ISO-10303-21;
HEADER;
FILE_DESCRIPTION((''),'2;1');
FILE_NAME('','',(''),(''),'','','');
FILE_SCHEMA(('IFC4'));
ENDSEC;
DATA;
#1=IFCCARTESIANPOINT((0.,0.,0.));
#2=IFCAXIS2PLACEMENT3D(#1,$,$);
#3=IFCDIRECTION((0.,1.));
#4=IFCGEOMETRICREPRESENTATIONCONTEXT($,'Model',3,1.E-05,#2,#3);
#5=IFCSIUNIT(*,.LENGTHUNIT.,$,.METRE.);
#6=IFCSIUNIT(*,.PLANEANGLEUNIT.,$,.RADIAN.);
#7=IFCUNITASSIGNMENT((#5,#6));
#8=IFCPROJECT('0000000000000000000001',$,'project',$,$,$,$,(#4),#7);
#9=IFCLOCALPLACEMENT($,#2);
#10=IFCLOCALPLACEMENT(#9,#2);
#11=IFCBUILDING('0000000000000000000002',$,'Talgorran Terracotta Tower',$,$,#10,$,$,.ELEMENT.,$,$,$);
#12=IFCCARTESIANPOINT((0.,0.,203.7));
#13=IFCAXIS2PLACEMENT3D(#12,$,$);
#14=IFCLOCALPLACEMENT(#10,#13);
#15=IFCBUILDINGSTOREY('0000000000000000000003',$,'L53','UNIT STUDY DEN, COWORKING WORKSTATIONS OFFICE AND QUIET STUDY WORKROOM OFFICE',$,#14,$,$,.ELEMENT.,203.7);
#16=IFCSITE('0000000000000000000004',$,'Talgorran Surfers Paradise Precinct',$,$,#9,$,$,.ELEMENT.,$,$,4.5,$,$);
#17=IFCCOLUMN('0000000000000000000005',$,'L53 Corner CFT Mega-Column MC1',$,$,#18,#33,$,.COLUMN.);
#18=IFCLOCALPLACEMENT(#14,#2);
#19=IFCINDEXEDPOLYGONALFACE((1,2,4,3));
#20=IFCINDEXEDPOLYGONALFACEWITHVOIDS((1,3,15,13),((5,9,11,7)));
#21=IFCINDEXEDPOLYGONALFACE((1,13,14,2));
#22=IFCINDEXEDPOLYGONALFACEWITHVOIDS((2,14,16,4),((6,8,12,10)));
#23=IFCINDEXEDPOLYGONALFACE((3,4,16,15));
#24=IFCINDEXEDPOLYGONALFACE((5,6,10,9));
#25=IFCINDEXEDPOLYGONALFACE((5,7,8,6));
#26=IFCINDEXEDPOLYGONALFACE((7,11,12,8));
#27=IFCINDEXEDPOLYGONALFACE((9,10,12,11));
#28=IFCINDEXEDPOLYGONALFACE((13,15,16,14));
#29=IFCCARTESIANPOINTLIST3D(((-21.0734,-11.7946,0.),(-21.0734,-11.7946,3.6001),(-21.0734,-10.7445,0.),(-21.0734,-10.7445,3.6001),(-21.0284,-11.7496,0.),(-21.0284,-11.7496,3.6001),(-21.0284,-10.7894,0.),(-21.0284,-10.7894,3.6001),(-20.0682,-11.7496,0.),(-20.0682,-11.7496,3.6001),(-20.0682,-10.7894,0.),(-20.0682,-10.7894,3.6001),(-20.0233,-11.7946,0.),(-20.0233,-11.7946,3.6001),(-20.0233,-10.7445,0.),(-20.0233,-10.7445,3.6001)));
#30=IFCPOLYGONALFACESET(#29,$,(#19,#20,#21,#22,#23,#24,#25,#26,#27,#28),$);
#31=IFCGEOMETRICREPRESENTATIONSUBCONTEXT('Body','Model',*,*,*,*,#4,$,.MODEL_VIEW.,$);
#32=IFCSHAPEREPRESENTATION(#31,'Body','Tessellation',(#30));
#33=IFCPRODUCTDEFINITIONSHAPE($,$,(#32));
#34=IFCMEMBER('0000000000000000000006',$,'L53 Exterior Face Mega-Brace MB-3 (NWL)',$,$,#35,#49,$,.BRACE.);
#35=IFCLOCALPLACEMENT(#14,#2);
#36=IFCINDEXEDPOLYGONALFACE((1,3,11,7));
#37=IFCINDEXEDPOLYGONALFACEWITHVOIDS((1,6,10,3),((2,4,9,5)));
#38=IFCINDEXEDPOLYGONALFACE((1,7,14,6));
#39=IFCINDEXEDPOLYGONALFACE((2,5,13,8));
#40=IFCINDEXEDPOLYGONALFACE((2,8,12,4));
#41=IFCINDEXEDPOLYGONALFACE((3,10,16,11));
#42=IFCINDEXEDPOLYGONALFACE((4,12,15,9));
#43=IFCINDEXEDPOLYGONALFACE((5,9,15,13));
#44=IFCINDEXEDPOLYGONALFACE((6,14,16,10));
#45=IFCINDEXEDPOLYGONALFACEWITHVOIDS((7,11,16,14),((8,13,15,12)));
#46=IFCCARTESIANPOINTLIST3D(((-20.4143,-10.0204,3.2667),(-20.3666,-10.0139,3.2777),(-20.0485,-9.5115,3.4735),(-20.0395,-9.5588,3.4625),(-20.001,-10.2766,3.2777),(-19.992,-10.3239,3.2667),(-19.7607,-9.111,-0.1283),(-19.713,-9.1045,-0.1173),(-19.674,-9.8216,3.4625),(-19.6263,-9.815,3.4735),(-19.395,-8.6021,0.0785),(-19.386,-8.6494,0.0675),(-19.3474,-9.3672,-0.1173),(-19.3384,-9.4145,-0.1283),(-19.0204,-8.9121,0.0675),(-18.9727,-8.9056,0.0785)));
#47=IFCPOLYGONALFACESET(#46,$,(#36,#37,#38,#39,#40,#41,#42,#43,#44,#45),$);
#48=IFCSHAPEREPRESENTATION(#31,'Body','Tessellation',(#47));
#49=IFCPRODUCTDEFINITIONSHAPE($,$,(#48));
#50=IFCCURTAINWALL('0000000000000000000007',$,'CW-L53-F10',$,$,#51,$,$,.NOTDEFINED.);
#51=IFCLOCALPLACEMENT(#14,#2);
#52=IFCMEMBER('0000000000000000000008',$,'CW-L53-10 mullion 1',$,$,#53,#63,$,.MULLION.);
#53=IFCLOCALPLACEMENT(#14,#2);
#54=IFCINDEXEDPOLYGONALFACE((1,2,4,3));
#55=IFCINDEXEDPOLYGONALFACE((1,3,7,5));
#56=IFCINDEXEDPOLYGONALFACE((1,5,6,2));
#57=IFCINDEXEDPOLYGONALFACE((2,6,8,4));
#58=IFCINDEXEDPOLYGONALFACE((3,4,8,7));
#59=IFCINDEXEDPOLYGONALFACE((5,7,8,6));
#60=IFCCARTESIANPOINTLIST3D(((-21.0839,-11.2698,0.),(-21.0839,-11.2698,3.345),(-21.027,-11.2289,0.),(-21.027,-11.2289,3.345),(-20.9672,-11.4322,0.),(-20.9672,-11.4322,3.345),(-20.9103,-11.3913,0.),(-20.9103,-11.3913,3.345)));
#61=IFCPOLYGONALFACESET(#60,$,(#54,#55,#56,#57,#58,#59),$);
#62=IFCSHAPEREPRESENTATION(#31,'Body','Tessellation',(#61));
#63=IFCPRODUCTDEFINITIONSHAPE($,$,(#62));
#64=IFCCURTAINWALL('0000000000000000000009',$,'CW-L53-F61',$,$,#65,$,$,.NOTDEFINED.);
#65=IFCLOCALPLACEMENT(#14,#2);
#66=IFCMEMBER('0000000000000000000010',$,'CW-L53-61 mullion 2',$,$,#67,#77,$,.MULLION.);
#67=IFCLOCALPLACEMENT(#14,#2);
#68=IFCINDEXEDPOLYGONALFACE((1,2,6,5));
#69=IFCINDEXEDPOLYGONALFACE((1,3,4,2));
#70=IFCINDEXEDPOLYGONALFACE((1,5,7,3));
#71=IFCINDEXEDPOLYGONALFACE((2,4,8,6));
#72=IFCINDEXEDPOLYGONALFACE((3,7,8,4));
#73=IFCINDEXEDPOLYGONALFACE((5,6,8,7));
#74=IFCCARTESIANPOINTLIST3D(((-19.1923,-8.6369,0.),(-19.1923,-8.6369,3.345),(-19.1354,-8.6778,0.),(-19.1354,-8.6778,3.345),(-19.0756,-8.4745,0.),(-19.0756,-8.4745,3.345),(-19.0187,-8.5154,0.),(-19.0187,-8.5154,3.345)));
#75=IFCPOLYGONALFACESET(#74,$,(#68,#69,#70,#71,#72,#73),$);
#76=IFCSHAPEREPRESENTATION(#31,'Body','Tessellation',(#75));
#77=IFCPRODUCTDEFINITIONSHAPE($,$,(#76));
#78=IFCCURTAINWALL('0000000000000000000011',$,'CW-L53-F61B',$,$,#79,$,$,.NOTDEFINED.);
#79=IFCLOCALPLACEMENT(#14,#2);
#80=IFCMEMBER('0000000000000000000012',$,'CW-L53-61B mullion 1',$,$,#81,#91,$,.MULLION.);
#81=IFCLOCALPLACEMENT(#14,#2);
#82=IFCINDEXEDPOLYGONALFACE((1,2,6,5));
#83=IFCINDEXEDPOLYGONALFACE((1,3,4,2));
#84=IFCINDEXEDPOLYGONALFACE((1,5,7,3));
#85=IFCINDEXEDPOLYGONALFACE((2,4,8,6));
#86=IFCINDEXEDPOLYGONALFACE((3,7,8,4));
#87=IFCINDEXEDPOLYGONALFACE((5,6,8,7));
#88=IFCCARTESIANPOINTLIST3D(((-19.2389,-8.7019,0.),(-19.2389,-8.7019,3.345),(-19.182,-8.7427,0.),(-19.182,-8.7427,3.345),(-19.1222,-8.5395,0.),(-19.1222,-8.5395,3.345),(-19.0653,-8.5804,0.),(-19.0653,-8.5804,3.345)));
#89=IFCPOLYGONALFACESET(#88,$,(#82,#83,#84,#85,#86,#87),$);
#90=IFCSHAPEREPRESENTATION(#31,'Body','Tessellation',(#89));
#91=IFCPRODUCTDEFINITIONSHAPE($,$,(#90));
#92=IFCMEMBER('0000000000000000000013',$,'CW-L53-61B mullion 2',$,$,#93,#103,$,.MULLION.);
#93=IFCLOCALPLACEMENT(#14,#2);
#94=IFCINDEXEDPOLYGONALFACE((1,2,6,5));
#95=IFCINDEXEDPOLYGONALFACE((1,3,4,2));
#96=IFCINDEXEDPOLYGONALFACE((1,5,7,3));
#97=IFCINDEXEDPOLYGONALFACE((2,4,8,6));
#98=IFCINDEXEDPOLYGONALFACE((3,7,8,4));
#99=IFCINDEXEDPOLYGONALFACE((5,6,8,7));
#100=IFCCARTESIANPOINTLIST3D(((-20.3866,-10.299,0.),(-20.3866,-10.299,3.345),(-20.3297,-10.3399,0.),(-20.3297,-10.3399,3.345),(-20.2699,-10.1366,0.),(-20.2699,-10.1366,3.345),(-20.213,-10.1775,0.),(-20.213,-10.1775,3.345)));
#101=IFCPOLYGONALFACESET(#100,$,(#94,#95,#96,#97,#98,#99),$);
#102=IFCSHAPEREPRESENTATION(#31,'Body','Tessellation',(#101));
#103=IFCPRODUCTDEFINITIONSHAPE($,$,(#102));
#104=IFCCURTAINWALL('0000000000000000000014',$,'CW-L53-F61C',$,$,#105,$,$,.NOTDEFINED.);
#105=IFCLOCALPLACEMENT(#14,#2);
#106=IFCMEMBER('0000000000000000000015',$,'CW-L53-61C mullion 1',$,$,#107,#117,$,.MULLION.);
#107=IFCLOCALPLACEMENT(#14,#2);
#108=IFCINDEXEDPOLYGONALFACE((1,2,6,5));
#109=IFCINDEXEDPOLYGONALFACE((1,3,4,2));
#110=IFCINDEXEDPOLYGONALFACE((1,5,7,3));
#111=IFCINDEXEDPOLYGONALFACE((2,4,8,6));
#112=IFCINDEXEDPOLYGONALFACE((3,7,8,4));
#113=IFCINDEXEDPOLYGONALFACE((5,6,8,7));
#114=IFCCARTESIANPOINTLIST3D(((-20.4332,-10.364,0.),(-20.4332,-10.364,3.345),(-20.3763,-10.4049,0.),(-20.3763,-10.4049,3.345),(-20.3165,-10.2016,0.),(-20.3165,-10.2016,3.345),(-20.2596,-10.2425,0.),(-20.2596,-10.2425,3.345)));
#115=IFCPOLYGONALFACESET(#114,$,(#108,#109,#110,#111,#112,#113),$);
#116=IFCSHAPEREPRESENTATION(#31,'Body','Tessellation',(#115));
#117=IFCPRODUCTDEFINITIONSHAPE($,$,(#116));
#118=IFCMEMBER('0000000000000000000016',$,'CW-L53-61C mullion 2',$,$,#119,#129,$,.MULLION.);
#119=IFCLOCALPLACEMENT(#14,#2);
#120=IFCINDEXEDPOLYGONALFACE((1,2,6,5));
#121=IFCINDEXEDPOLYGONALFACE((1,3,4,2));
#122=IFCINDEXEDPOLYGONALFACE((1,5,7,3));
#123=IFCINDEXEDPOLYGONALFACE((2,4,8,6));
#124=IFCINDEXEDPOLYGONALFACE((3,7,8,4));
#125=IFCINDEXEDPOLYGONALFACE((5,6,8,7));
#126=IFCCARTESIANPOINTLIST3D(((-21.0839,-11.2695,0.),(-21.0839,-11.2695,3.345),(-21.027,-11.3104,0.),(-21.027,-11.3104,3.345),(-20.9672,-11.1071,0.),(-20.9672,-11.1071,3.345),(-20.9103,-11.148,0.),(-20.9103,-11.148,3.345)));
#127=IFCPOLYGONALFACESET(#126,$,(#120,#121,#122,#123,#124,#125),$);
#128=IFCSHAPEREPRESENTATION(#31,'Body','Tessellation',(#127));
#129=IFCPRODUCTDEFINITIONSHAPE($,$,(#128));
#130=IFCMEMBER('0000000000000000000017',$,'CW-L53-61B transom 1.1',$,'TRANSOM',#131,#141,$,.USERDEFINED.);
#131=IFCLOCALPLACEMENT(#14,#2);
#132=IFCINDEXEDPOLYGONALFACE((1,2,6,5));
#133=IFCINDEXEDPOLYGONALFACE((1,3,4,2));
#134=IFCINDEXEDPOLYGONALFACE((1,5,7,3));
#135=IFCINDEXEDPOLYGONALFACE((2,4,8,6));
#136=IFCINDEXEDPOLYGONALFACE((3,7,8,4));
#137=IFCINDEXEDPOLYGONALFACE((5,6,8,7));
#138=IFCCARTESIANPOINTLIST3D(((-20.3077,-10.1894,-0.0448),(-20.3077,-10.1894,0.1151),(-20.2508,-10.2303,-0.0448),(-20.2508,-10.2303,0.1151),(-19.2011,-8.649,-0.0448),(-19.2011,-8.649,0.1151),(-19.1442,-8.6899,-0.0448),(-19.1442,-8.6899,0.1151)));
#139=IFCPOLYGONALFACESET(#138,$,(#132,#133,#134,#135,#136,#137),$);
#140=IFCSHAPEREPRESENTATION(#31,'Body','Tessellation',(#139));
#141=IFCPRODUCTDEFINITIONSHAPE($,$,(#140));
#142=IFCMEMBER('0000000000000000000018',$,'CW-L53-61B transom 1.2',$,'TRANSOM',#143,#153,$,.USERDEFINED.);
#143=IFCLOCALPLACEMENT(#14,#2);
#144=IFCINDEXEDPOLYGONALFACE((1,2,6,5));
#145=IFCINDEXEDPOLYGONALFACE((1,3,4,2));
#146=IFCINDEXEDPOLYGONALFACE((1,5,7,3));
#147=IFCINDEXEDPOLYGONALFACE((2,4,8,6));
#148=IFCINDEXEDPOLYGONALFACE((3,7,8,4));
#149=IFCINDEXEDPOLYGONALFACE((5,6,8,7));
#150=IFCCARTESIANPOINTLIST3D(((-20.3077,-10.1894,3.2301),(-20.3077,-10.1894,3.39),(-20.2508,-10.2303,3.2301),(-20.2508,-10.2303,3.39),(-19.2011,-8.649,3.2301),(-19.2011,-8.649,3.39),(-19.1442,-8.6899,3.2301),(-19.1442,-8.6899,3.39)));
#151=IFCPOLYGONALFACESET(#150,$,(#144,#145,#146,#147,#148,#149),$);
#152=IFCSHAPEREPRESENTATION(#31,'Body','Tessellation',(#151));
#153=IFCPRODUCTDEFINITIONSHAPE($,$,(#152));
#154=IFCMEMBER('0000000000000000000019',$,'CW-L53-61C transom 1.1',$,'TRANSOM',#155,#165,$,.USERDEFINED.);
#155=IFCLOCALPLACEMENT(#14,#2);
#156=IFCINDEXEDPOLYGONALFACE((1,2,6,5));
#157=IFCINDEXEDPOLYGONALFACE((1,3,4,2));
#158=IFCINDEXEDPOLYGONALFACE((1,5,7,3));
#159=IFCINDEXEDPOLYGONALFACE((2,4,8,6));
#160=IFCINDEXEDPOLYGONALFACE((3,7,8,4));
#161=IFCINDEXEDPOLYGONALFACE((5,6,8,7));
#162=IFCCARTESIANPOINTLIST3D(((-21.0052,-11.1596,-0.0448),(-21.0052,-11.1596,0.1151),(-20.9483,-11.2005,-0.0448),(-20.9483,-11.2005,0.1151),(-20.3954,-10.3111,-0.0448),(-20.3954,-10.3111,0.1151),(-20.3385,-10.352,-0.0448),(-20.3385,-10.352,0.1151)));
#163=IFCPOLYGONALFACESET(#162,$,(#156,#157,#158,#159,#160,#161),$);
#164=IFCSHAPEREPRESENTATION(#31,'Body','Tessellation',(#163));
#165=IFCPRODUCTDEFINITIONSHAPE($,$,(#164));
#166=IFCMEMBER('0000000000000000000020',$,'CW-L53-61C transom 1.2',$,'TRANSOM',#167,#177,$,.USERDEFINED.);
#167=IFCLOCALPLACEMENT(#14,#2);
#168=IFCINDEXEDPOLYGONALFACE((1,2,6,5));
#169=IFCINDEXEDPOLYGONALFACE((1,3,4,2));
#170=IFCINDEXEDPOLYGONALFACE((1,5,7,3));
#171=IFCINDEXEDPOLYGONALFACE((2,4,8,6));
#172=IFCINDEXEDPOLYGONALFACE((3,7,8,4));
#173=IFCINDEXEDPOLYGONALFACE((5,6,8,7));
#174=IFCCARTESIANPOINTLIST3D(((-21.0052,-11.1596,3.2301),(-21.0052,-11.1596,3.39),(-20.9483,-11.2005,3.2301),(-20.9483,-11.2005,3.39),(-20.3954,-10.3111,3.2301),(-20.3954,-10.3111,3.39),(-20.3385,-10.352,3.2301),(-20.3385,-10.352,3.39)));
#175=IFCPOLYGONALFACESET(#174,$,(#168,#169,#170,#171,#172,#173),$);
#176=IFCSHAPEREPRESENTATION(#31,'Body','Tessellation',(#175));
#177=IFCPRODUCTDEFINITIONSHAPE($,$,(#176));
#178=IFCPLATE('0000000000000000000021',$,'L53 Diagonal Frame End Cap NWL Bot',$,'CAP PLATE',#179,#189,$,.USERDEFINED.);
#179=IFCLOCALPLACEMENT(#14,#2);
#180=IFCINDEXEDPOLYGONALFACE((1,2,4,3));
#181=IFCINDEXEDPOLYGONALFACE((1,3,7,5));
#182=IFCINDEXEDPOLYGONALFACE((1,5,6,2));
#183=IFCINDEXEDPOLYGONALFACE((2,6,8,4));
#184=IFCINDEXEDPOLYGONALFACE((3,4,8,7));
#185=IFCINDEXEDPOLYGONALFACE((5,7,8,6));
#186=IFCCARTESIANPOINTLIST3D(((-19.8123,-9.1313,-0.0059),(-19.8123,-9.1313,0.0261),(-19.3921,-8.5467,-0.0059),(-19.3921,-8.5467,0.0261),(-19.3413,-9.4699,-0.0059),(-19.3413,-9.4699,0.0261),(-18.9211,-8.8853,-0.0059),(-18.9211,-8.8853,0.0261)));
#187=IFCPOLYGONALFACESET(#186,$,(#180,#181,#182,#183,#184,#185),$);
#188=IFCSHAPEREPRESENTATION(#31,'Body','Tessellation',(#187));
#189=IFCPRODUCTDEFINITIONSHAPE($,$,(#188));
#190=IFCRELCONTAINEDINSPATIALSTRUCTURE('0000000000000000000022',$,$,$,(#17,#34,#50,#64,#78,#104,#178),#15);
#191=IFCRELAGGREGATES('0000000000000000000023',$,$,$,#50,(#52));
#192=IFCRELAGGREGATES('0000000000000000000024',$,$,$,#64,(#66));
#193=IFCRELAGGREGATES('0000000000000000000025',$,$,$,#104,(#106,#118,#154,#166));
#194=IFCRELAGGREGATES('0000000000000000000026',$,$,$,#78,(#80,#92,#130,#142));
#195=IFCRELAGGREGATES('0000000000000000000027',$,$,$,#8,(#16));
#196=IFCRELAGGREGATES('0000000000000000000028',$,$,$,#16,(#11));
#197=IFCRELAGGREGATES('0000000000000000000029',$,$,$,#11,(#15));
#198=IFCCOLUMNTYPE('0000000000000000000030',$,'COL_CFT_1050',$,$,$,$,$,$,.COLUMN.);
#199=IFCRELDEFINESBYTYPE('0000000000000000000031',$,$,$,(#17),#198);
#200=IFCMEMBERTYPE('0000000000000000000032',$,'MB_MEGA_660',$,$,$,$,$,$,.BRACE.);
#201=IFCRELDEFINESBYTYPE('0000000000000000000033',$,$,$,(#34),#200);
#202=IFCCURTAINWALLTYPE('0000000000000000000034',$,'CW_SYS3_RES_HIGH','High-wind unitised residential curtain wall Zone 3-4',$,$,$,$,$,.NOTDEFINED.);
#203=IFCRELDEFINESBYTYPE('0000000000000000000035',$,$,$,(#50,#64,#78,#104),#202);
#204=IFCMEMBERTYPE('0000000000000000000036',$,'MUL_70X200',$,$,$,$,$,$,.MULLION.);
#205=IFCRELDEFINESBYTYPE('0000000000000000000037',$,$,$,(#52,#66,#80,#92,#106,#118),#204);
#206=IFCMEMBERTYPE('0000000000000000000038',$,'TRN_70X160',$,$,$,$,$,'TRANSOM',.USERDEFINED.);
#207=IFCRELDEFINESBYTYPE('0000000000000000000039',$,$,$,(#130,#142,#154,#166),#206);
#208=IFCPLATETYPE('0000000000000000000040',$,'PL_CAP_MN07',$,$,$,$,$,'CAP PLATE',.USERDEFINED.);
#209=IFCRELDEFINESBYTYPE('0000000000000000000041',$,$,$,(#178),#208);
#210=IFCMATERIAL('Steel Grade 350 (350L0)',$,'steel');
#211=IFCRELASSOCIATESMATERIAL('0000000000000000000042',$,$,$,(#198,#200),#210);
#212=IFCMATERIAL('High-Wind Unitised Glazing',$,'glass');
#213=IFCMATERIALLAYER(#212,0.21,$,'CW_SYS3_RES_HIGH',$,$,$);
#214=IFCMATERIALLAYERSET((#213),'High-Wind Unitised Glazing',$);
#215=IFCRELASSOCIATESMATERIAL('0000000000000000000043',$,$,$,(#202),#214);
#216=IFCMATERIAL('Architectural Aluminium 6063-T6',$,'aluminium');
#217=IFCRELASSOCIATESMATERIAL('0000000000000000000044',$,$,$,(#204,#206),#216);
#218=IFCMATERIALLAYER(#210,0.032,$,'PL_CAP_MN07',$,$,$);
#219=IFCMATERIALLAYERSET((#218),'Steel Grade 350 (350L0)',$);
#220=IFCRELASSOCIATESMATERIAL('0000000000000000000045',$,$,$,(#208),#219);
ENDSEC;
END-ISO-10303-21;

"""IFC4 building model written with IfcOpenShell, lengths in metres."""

from ifc_helpers import new_model, si_unit, direction, frame, origin, origin_2d, place, context, subcontext, project, spatial, rectangle, hollow_rectangle, extrude, material, layer, layer_set, material_profile, profile_set, type_object, element, aggregate, save


model = new_model("IFC4")

# Units and contexts
model_context = context("Model", 3, precision=1e-05, world=origin(), true_north=direction((0.0, 1.0)))
body_context = subcontext(model_context, "Body", "Model", "MODEL_VIEW")
ifc_project = project(units=[si_unit("LENGTHUNIT", "METRE"), si_unit("PLANEANGLEUNIT", "RADIAN")], contexts=[model_context])

# Site, building, storey
site_placement = place(None, origin())
site = spatial("IfcSite", under=ifc_project, at=site_placement, Name="Talgorran Surfers Paradise Precinct", CompositionType="ELEMENT", RefElevation=4.5)
building_placement = place(site_placement, origin())
building = spatial("IfcBuilding", under=site, at=building_placement, Name="Talgorran Terracotta Tower", CompositionType="ELEMENT")
storey_placement = place(building_placement, frame((0.0, 0.0, 203.7)))
storey = spatial("IfcBuildingStorey", under=building, at=storey_placement, Name="L53", Description="UNIT STUDY DEN, COWORKING WORKSTATIONS OFFICE AND QUIET STUDY WORKROOM OFFICE", CompositionType="ELEMENT", Elevation=203.7)

# Column
ifc_material_1 = material(Name="Steel Grade 350 (350L0)", Category="steel")
ifc_material_profile_1 = material_profile(ifc_material_1, hollow_rectangle(XDim=1.05, YDim=1.05, WallThickness=0.0449, at=origin_2d()), Name="CFT1050X1050X45")
ifc_profile_set_1 = profile_set([ifc_material_profile_1], Name="Steel Grade 350 (350L0)")
column_type = type_object("IfcColumnType", Name="COL_CFT_1050", PredefinedType="COLUMN", material=ifc_profile_set_1)
column_placement = place(storey_placement, frame((-20.5483, -11.2695, 0.0), z_axis=(0.0, 0.0, 1.0), x_axis=(1.0, 0.0, 0.0)))
element("IfcColumn", 1, at=column_placement, inside=storey, type_object=column_type, Name="L53 Corner CFT Mega-Column MC1", PredefinedType="COLUMN", context=body_context, shape_type="SweptSolid", body=[
    extrude(hollow_rectangle(XDim=1.05, YDim=1.05, WallThickness=0.0449, at=origin_2d()), origin(), (0.0, 0.0, 1.0), 3.6001),
])

# Member
ifc_material_profile_2 = material_profile(ifc_material_1, hollow_rectangle(XDim=0.52, YDim=0.6599, WallThickness=0.0349, at=origin_2d()), Name="WBOX660X520X35")
ifc_profile_set_2 = profile_set([ifc_material_profile_2], Name="Steel Grade 350 (350L0)")
member_type_1 = type_object("IfcMemberType", Name="MB_MEGA_660", PredefinedType="BRACE", material=ifc_profile_set_2)
member_1_placement = place(storey_placement, frame((-19.3667, -9.0083, -0.0249), z_axis=(-0.182817, -0.254387, 0.949666), x_axis=(0.812051, -0.583587, 0.0)))
element("IfcMember", 2, at=member_1_placement, inside=storey, type_object=member_type_1, Name="L53 Exterior Face Mega-Brace MB-3 (NWL)", PredefinedType="BRACE", context=body_context, shape_type="SweptSolid", body=[
    extrude(hollow_rectangle(XDim=0.52, YDim=0.6599, WallThickness=0.0349, at=origin_2d()), origin(), (0.0, 0.0, 1.0), 3.575),
])

# Curtain walls, members
ifc_material_2 = material(Name="High-Wind Unitised Glazing", Category="glass")
ifc_layer_1 = layer(ifc_material_2, 0.21, Name="CW_SYS3_RES_HIGH")
ifc_layer_set_1 = layer_set([ifc_layer_1], Name="High-Wind Unitised Glazing")
curtain_wall_type = type_object("IfcCurtainWallType", Name="CW_SYS3_RES_HIGH", Description="High-wind unitised residential curtain wall Zone 3-4", PredefinedType="NOTDEFINED", material=ifc_layer_set_1)
curtain_wall_1_placement = place(storey_placement, origin())
curtain_wall_1 = element("IfcCurtainWall", 3, at=curtain_wall_1_placement, inside=storey, type_object=curtain_wall_type, Name="CW-L53-F10", PredefinedType="NOTDEFINED")
ifc_material_3 = material(Name="Architectural Aluminium 6063-T6", Category="aluminium")
ifc_material_profile_3 = material_profile(ifc_material_3, rectangle(XDim=0.0701, YDim=0.2, at=origin_2d()), Name="CWM70X200")
ifc_profile_set_3 = profile_set([ifc_material_profile_3], Name="Architectural Aluminium 6063-T6")
member_type_2 = type_object("IfcMemberType", Name="MUL_70X200", PredefinedType="MULLION", material=ifc_profile_set_3)
member_2_placement = place(storey_placement, frame((-20.9971, -11.3306, 0.0), z_axis=(0.0, 0.0, 1.0), x_axis=(0.812078, 0.583549, 0.0)))
member_2 = element("IfcMember", 4, at=member_2_placement, type_object=member_type_2, Name="CW-L53-10 mullion 1", PredefinedType="MULLION", context=body_context, shape_type="SweptSolid", body=[
    extrude(rectangle(XDim=0.0701, YDim=0.2, at=origin_2d()), origin(), (0.0, 0.0, 1.0), 3.345),
])
aggregate(curtain_wall_1, [member_2])
curtain_wall_2_placement = place(storey_placement, origin())
curtain_wall_2 = element("IfcCurtainWall", 5, at=curtain_wall_2_placement, inside=storey, type_object=curtain_wall_type, Name="CW-L53-F61", PredefinedType="NOTDEFINED")
member_3_placement = place(storey_placement, frame((-19.1055, -8.5762, 0.0), z_axis=(0.0, 0.0, 1.0), x_axis=(0.812076, -0.583552, 0.0)))
member_3 = element("IfcMember", 6, at=member_3_placement, type_object=member_type_2, Name="CW-L53-61 mullion 2", PredefinedType="MULLION", context=body_context, shape_type="SweptSolid", body=[
    extrude(rectangle(XDim=0.0701, YDim=0.2, at=origin_2d()), origin(), (0.0, 0.0, 1.0), 3.345),
])
aggregate(curtain_wall_2, [member_3])

# Curtain walls, members
curtain_wall_3_placement = place(storey_placement, origin())
curtain_wall_3 = element("IfcCurtainWall", 7, at=curtain_wall_3_placement, inside=storey, type_object=curtain_wall_type, Name="CW-L53-F61B", PredefinedType="NOTDEFINED")
member_4_placement = place(storey_placement, frame((-19.1521, -8.6411, 0.0), z_axis=(0.0, 0.0, 1.0), x_axis=(0.812088, -0.583535, 0.0)))
member_4 = element("IfcMember", 8, at=member_4_placement, type_object=member_type_2, Name="CW-L53-61B mullion 1", PredefinedType="MULLION", context=body_context, shape_type="SweptSolid", body=[
    extrude(rectangle(XDim=0.0701, YDim=0.2, at=origin_2d()), origin(), (0.0, 0.0, 1.0), 3.345),
])
member_5_placement = place(storey_placement, frame((-20.2998, -10.2383, 0.0), z_axis=(0.0, 0.0, 1.0), x_axis=(0.812088, -0.583535, 0.0)))
member_5 = element("IfcMember", 9, at=member_5_placement, type_object=member_type_2, Name="CW-L53-61B mullion 2", PredefinedType="MULLION", context=body_context, shape_type="SweptSolid", body=[
    extrude(rectangle(XDim=0.0701, YDim=0.2, at=origin_2d()), origin(), (0.0, 0.0, 1.0), 3.345),
])
curtain_wall_4_placement = place(storey_placement, origin())
curtain_wall_4 = element("IfcCurtainWall", 10, at=curtain_wall_4_placement, inside=storey, type_object=curtain_wall_type, Name="CW-L53-F61C", PredefinedType="NOTDEFINED")
member_6_placement = place(storey_placement, frame((-20.3464, -10.3032, 0.0), z_axis=(0.0, 0.0, 1.0), x_axis=(0.812077, -0.583551, 0.0)))
member_6 = element("IfcMember", 11, at=member_6_placement, type_object=member_type_2, Name="CW-L53-61C mullion 1", PredefinedType="MULLION", context=body_context, shape_type="SweptSolid", body=[
    extrude(rectangle(XDim=0.0701, YDim=0.2, at=origin_2d()), origin(), (0.0, 0.0, 1.0), 3.345),
])
member_7_placement = place(storey_placement, frame((-20.9971, -11.2087, 0.0), z_axis=(0.0, 0.0, 1.0), x_axis=(0.812077, -0.583551, 0.0)))
member_7 = element("IfcMember", 12, at=member_7_placement, type_object=member_type_2, Name="CW-L53-61C mullion 2", PredefinedType="MULLION", context=body_context, shape_type="SweptSolid", body=[
    extrude(rectangle(XDim=0.0701, YDim=0.2, at=origin_2d()), origin(), (0.0, 0.0, 1.0), 3.345),
])

# Members
ifc_material_profile_4 = material_profile(ifc_material_3, rectangle(XDim=0.0701, YDim=0.1599, at=origin_2d()), Name="CWT70X160")
ifc_profile_set_4 = profile_set([ifc_material_profile_4], Name="Architectural Aluminium 6063-T6")
member_type_3 = type_object("IfcMemberType", Name="TRN_70X160", ElementType="TRANSOM", PredefinedType="USERDEFINED", material=ifc_profile_set_4)
member_8_placement = place(storey_placement, frame((-19.1726, -8.6694, 0.0352), z_axis=(-0.58344, -0.812156, 0.0), x_axis=(0.812156, -0.58344, 0.0)))
member_8 = element("IfcMember", 13, at=member_8_placement, type_object=member_type_3, Name="CW-L53-61B transom 1.1", ObjectType="TRANSOM", PredefinedType="USERDEFINED", context=body_context, shape_type="SweptSolid", body=[
    extrude(rectangle(XDim=0.0701, YDim=0.1599, at=origin_2d()), origin(), (0.0, 0.0, 1.0), 1.8967),
])
member_9_placement = place(storey_placement, frame((-19.1726, -8.6694, 3.3101), z_axis=(-0.58344, -0.812156, 0.0), x_axis=(0.812156, -0.58344, 0.0)))
member_9 = element("IfcMember", 14, at=member_9_placement, type_object=member_type_3, Name="CW-L53-61B transom 1.2", ObjectType="TRANSOM", PredefinedType="USERDEFINED", context=body_context, shape_type="SweptSolid", body=[
    extrude(rectangle(XDim=0.0701, YDim=0.1599, at=origin_2d()), origin(), (0.0, 0.0, 1.0), 1.8967),
])
member_10_placement = place(storey_placement, frame((-20.3669, -10.3315, 0.0352), z_axis=(-0.583578, -0.812057, 0.0), x_axis=(0.812057, -0.583578, 0.0)))
member_10 = element("IfcMember", 15, at=member_10_placement, type_object=member_type_3, Name="CW-L53-61C transom 1.1", ObjectType="TRANSOM", PredefinedType="USERDEFINED", context=body_context, shape_type="SweptSolid", body=[
    extrude(rectangle(XDim=0.0701, YDim=0.1599, at=origin_2d()), origin(), (0.0, 0.0, 1.0), 1.0449),
])
member_11_placement = place(storey_placement, frame((-20.3669, -10.3315, 3.3101), z_axis=(-0.583578, -0.812057, 0.0), x_axis=(0.812057, -0.583578, 0.0)))
member_11 = element("IfcMember", 16, at=member_11_placement, type_object=member_type_3, Name="CW-L53-61C transom 1.2", ObjectType="TRANSOM", PredefinedType="USERDEFINED", context=body_context, shape_type="SweptSolid", body=[
    extrude(rectangle(XDim=0.0701, YDim=0.1599, at=origin_2d()), origin(), (0.0, 0.0, 1.0), 1.0449),
])

# Plate
ifc_layer_2 = layer(ifc_material_1, 0.032, Name="PL_CAP_MN07")
ifc_layer_set_2 = layer_set([ifc_layer_2], Name="Steel Grade 350 (350L0)")
plate_type_1 = type_object("IfcPlateType", Name="PL_CAP_MN07", ElementType="CAP PLATE", PredefinedType="USERDEFINED", material=ifc_layer_set_2)
plate_1_placement = place(storey_placement, frame((-19.3667, -9.0083, -0.0059), z_axis=(0.0, 0.0, 1.0), x_axis=(-0.583683, -0.811982, 0.0)))
element("IfcPlate", 17, at=plate_1_placement, inside=storey, type_object=plate_type_1, Name="L53 Diagonal Frame End Cap NWL Bot", ObjectType="CAP PLATE", PredefinedType="USERDEFINED", context=body_context, shape_type="SweptSolid", body=[
    extrude(rectangle(XDim=0.72, YDim=0.5801, at=origin_2d()), origin(), (0.0, 0.0, 1.0), 0.032),
])

aggregate(curtain_wall_4, [member_6, member_7, member_10, member_11])
aggregate(curtain_wall_3, [member_4, member_5, member_8, member_9])

save(model, "model.ifc")
